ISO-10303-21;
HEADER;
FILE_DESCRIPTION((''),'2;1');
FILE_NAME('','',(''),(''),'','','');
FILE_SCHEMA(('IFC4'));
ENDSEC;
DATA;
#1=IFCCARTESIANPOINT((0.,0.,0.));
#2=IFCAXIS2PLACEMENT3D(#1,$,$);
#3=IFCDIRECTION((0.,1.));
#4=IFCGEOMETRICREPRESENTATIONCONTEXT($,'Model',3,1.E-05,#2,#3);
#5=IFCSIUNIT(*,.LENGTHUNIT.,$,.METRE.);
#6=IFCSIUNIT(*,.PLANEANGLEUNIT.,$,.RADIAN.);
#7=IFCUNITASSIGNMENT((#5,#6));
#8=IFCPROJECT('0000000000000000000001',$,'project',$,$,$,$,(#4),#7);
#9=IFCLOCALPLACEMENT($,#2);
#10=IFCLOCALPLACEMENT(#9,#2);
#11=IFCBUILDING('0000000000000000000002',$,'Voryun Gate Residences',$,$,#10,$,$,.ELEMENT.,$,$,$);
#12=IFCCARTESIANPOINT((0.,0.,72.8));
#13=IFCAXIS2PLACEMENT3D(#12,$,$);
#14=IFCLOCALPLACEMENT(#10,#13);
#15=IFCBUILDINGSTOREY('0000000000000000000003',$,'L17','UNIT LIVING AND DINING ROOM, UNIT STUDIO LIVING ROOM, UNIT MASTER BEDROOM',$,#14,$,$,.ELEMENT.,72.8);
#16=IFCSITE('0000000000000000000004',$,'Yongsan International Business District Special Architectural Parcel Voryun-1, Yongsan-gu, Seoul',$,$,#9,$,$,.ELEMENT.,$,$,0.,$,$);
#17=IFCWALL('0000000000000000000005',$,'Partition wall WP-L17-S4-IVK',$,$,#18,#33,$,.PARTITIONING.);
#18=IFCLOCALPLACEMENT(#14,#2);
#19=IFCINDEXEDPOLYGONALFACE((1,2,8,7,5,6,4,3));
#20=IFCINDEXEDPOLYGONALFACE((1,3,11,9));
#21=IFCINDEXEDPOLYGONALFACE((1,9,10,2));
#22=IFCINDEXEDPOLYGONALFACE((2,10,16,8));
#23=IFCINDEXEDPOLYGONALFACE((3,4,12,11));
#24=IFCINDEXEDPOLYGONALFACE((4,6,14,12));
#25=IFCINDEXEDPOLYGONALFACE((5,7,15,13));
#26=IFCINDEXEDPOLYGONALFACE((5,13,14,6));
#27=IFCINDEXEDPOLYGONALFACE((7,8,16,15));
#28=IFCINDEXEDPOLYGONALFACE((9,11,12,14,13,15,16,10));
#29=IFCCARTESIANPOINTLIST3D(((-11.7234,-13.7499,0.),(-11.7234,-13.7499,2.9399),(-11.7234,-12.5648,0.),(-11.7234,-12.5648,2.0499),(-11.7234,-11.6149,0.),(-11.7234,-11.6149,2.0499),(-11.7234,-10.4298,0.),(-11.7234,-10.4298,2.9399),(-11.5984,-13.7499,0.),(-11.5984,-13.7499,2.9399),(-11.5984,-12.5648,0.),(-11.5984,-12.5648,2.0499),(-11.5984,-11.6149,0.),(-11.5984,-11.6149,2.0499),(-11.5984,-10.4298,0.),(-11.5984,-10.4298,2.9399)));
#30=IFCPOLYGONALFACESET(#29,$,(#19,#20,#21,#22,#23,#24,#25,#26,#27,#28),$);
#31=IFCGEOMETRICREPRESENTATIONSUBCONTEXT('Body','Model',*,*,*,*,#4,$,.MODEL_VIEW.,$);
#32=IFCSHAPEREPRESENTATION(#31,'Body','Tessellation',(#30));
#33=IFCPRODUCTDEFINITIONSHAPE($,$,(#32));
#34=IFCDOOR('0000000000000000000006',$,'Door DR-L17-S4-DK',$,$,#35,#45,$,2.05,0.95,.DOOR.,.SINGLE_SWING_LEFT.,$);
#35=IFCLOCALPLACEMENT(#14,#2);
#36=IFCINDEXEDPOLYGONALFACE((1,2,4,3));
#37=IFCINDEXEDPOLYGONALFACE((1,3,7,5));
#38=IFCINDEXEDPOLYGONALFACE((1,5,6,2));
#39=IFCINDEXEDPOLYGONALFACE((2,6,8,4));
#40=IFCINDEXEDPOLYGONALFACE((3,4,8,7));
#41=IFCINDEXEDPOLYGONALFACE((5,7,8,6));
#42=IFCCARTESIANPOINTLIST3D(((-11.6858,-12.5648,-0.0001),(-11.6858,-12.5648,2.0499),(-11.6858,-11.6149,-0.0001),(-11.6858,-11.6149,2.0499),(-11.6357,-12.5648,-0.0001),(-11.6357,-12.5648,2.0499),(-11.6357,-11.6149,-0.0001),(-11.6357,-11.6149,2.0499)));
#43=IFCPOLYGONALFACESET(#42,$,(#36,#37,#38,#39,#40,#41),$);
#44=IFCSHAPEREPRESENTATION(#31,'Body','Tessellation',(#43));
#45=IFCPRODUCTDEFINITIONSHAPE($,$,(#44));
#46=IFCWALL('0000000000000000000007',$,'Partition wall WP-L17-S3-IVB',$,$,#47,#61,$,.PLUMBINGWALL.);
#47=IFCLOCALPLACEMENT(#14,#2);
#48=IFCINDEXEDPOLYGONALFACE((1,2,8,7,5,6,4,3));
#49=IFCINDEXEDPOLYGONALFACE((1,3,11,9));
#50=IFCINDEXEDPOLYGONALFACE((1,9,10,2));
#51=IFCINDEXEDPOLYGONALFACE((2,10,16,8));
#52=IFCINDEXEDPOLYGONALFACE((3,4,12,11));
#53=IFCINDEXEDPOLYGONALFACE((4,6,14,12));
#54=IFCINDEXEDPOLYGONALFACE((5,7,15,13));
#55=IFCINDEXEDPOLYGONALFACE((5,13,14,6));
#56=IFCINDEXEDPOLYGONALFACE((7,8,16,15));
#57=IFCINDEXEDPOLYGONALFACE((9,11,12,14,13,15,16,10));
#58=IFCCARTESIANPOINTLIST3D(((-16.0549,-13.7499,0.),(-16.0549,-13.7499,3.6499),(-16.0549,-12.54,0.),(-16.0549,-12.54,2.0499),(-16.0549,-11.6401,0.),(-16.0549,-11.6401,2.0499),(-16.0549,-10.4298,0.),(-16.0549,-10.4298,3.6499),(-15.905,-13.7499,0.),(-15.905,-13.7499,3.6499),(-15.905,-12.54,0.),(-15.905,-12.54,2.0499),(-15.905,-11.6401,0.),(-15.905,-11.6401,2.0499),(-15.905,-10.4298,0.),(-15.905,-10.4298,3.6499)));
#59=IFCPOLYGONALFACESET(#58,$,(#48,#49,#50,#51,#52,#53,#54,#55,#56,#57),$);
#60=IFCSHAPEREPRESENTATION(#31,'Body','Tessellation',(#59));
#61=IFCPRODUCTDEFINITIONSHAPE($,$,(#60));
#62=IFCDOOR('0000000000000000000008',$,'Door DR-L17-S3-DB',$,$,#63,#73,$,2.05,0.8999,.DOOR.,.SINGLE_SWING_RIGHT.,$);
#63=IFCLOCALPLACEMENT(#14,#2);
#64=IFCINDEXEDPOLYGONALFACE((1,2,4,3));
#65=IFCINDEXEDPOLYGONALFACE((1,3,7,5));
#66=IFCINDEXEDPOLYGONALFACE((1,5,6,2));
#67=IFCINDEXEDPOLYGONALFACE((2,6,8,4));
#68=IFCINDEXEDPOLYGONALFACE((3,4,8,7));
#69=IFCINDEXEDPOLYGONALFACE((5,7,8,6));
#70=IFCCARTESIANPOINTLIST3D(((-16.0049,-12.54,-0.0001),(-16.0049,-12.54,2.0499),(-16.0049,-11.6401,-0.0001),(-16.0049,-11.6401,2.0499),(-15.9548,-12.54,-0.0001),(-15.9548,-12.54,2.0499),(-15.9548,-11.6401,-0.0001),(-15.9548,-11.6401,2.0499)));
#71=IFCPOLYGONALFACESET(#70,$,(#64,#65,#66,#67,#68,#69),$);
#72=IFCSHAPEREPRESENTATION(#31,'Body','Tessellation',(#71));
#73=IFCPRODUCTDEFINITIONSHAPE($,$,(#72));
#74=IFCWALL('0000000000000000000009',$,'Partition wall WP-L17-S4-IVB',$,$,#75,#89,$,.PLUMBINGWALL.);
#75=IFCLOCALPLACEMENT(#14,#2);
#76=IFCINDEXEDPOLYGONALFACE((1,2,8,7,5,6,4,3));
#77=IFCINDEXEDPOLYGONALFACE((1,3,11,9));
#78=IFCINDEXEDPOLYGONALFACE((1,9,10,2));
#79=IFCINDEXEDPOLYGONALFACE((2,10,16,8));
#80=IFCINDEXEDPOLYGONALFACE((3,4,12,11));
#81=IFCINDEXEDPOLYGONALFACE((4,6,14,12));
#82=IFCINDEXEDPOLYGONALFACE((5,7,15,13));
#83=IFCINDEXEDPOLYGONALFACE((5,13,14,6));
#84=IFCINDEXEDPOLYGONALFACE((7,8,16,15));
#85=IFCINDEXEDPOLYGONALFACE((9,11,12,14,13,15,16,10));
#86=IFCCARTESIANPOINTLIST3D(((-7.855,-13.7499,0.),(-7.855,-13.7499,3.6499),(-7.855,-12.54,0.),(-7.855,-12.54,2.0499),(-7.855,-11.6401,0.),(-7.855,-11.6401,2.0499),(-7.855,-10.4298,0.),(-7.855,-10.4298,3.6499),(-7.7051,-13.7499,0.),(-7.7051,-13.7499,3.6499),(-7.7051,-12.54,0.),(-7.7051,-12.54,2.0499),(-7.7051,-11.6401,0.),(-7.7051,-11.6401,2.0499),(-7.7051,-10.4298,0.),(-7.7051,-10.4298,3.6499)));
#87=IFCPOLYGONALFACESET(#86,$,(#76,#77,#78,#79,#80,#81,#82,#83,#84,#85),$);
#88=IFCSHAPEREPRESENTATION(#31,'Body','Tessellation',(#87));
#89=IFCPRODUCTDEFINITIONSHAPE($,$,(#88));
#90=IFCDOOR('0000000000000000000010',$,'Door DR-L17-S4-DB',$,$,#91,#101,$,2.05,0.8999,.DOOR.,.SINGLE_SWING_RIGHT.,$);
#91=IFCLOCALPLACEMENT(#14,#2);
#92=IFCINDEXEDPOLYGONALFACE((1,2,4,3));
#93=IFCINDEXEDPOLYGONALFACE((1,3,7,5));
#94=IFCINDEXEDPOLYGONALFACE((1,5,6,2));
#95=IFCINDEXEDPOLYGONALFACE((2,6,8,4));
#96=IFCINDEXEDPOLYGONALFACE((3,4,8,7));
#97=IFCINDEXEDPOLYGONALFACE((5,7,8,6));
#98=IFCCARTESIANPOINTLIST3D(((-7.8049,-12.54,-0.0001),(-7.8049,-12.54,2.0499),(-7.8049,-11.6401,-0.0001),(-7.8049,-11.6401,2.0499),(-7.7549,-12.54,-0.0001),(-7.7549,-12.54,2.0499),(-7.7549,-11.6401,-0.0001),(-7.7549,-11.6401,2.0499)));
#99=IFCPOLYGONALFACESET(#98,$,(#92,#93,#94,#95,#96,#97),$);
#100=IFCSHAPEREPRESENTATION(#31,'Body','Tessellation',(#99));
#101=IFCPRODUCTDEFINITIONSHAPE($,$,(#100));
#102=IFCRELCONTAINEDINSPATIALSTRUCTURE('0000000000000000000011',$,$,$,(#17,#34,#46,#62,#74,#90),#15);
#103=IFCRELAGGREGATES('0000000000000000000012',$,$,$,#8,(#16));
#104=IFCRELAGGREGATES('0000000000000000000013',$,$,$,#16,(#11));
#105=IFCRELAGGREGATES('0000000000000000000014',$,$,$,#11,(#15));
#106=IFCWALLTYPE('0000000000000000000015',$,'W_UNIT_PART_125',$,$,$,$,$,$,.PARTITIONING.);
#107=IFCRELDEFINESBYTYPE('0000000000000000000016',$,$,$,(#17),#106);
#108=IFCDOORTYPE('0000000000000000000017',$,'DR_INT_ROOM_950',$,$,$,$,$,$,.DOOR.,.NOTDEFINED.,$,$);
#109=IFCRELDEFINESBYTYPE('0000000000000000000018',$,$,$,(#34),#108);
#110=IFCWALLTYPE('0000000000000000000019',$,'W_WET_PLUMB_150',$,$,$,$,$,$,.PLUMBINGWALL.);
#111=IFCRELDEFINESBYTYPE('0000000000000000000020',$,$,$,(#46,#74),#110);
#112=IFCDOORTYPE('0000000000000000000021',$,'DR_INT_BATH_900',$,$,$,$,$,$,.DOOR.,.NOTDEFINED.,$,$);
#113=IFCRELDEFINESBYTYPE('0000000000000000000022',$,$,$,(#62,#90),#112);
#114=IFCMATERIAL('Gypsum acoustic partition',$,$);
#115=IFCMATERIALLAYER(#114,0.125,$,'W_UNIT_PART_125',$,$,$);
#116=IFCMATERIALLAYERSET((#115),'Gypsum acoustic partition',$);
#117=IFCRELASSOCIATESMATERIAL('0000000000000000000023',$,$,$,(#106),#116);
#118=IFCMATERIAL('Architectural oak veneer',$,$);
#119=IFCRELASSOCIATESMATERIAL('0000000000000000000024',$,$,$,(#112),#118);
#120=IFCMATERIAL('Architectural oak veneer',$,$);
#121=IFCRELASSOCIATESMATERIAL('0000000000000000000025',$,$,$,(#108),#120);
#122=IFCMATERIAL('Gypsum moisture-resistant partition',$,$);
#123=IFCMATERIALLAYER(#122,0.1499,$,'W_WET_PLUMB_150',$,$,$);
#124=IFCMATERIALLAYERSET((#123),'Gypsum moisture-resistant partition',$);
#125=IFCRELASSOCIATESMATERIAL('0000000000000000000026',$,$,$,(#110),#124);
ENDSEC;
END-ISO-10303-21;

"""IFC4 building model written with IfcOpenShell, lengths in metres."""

from ifc_helpers import new_model, si_unit, direction, frame, frame_2d, origin, place, context, subcontext, project, spatial, rectangle, extrude, material, layer, layer_set, type_object, element, fill, save


model = new_model("IFC4")

# Units and contexts
model_context = context("Model", 3, precision=1e-05, world=origin(), true_north=direction((0.0, 1.0)))
body_context = subcontext(model_context, "Body", "Model", "MODEL_VIEW")
ifc_project = project(units=[si_unit("LENGTHUNIT", "METRE"), si_unit("PLANEANGLEUNIT", "RADIAN")], contexts=[model_context])

# Site, building, storey
site_placement = place(None, origin())
site = spatial("IfcSite", under=ifc_project, at=site_placement, Name="Yongsan International Business District Special Architectural Parcel Voryun-1, Yongsan-gu, Seoul", CompositionType="ELEMENT", RefElevation=0.0)
building_placement = place(site_placement, origin())
building = spatial("IfcBuilding", under=site, at=building_placement, Name="Voryun Gate Residences", CompositionType="ELEMENT")
storey_placement = place(building_placement, frame((0.0, 0.0, 72.8)))
storey = spatial("IfcBuildingStorey", under=building, at=storey_placement, Name="L17", Description="UNIT LIVING AND DINING ROOM, UNIT STUDIO LIVING ROOM, UNIT MASTER BEDROOM", CompositionType="ELEMENT", Elevation=72.8)

# Walls, openings, doors
ifc_material_1 = material(Name="Gypsum acoustic partition")
ifc_layer_1 = layer(ifc_material_1, 0.125, Name="W_UNIT_PART_125")
ifc_layer_set_1 = layer_set([ifc_layer_1], Name="Gypsum acoustic partition")
wall_type_1 = type_object("IfcWallType", Name="W_UNIT_PART_125", PredefinedType="PARTITIONING", material=ifc_layer_set_1)
ifc_material_2 = material(Name="Architectural oak veneer")
door_type_1 = type_object("IfcDoorType", Name="DR_INT_BATH_900", OperationType="NOTDEFINED", PredefinedType="DOOR", material=ifc_material_2)
wall_1_placement = place(storey_placement, frame((-11.6609, -13.75, 0.0), z_axis=(0.0, 0.0, 1.0), x_axis=(0.0, 1.0, 0.0)))
wall_1 = element("IfcWall", 1, at=wall_1_placement, inside=storey, type_object=wall_type_1, Name="Partition wall WP-L17-S4-IVK", PredefinedType="PARTITIONING", context=body_context, shape_type="SweptSolid", body=[
    extrude(rectangle(XDim=3.3201, YDim=0.125, at=frame_2d((1.6602, 0.0))), origin(), (0.0, 0.0, 1.0), 2.9399),
])
opening_1_placement = place(wall_1_placement, frame((1.1851, 0.0, 0.0)))
opening_1 = element("IfcOpeningElement", 2, at=opening_1_placement, cuts=wall_1, PredefinedType="OPENING", context=body_context, shape_type="SweptSolid", body=[
    extrude(rectangle(XDim=0.95, YDim=2.05, at=frame_2d((0.4751, 1.0249))), frame((0.0, 0.0725, 0.0), z_axis=(0.0, -1.0, 0.0), x_axis=(1.0, 0.0, 0.0)), (0.0, 0.0, 1.0), 0.145),
])
ifc_material_3 = material(Name="Architectural oak veneer")
door_type_2 = type_object("IfcDoorType", Name="DR_INT_ROOM_950", OperationType="NOTDEFINED", PredefinedType="DOOR", material=ifc_material_3)
door_1_placement = place(opening_1_placement, origin())
door_1 = element("IfcDoor", 3, at=door_1_placement, inside=storey, type_object=door_type_2, Name="Door DR-L17-S4-DK", OperationType="SINGLE_SWING_LEFT", OverallHeight=2.05, OverallWidth=0.95, PredefinedType="DOOR", context=body_context, shape_type="SweptSolid", body=[
    extrude(rectangle(XDim=0.95, YDim=2.05, at=frame_2d((0.4751, 1.0249))), frame((0.0, 0.0249, 0.0), z_axis=(0.0, -1.0, 0.0), x_axis=(1.0, 0.0, 0.0)), (0.0, 0.0, 1.0), 0.05),
])
fill(opening_1, door_1)
ifc_material_4 = material(Name="Gypsum moisture-resistant partition")
ifc_layer_2 = layer(ifc_material_4, 0.1499, Name="W_WET_PLUMB_150")
ifc_layer_set_2 = layer_set([ifc_layer_2], Name="Gypsum moisture-resistant partition")
wall_type_2 = type_object("IfcWallType", Name="W_WET_PLUMB_150", PredefinedType="PLUMBINGWALL", material=ifc_layer_set_2)
wall_2_placement = place(storey_placement, frame((-15.98, -13.75, 0.0), z_axis=(0.0, 0.0, 1.0), x_axis=(0.0, 1.0, 0.0)))
wall_2 = element("IfcWall", 4, at=wall_2_placement, inside=storey, type_object=wall_type_2, Name="Partition wall WP-L17-S3-IVB", PredefinedType="PLUMBINGWALL", context=body_context, shape_type="SweptSolid", body=[
    extrude(rectangle(XDim=3.3201, YDim=0.1499, at=frame_2d((1.6602, 0.0))), origin(), (0.0, 0.0, 1.0), 3.6499),
])
opening_2_placement = place(wall_2_placement, frame((1.21, 0.0, 0.0)))
opening_2 = element("IfcOpeningElement", 5, at=opening_2_placement, cuts=wall_2, PredefinedType="OPENING", context=body_context, shape_type="SweptSolid", body=[
    extrude(rectangle(XDim=0.8999, YDim=2.05, at=frame_2d((0.45, 1.0249))), frame((0.0, 0.085, 0.0), z_axis=(0.0, -1.0, 0.0), x_axis=(1.0, 0.0, 0.0)), (0.0, 0.0, 1.0), 0.1699),
])
door_2_placement = place(opening_2_placement, origin())
door_2 = element("IfcDoor", 6, at=door_2_placement, inside=storey, type_object=door_type_1, Name="Door DR-L17-S3-DB", OperationType="SINGLE_SWING_RIGHT", OverallHeight=2.05, OverallWidth=0.8999, PredefinedType="DOOR", context=body_context, shape_type="SweptSolid", body=[
    extrude(rectangle(XDim=0.8999, YDim=2.05, at=frame_2d((0.45, 1.0249))), frame((0.0, 0.0249, 0.0), z_axis=(0.0, -1.0, 0.0), x_axis=(1.0, 0.0, 0.0)), (0.0, 0.0, 1.0), 0.05),
])
fill(opening_2, door_2)
wall_3_placement = place(storey_placement, frame((-7.78, -13.75, 0.0), z_axis=(0.0, 0.0, 1.0), x_axis=(0.0, 1.0, 0.0)))
wall_3 = element("IfcWall", 7, at=wall_3_placement, inside=storey, type_object=wall_type_2, Name="Partition wall WP-L17-S4-IVB", PredefinedType="PLUMBINGWALL", context=body_context, shape_type="SweptSolid", body=[
    extrude(rectangle(XDim=3.3201, YDim=0.1499, at=frame_2d((1.6602, 0.0))), origin(), (0.0, 0.0, 1.0), 3.6499),
])
opening_3_placement = place(wall_3_placement, frame((1.21, 0.0, 0.0)))
opening_3 = element("IfcOpeningElement", 8, at=opening_3_placement, cuts=wall_3, PredefinedType="OPENING", context=body_context, shape_type="SweptSolid", body=[
    extrude(rectangle(XDim=0.8999, YDim=2.05, at=frame_2d((0.45, 1.0249))), frame((0.0, 0.085, 0.0), z_axis=(0.0, -1.0, 0.0), x_axis=(1.0, 0.0, 0.0)), (0.0, 0.0, 1.0), 0.1699),
])
door_3_placement = place(opening_3_placement, origin())
door_3 = element("IfcDoor", 9, at=door_3_placement, inside=storey, type_object=door_type_1, Name="Door DR-L17-S4-DB", OperationType="SINGLE_SWING_RIGHT", OverallHeight=2.05, OverallWidth=0.8999, PredefinedType="DOOR", context=body_context, shape_type="SweptSolid", body=[
    extrude(rectangle(XDim=0.8999, YDim=2.05, at=frame_2d((0.45, 1.0249))), frame((0.0, 0.0249, 0.0), z_axis=(0.0, -1.0, 0.0), x_axis=(1.0, 0.0, 0.0)), (0.0, 0.0, 1.0), 0.05),
])
fill(opening_3, door_3)

save(model, "model.ifc")
